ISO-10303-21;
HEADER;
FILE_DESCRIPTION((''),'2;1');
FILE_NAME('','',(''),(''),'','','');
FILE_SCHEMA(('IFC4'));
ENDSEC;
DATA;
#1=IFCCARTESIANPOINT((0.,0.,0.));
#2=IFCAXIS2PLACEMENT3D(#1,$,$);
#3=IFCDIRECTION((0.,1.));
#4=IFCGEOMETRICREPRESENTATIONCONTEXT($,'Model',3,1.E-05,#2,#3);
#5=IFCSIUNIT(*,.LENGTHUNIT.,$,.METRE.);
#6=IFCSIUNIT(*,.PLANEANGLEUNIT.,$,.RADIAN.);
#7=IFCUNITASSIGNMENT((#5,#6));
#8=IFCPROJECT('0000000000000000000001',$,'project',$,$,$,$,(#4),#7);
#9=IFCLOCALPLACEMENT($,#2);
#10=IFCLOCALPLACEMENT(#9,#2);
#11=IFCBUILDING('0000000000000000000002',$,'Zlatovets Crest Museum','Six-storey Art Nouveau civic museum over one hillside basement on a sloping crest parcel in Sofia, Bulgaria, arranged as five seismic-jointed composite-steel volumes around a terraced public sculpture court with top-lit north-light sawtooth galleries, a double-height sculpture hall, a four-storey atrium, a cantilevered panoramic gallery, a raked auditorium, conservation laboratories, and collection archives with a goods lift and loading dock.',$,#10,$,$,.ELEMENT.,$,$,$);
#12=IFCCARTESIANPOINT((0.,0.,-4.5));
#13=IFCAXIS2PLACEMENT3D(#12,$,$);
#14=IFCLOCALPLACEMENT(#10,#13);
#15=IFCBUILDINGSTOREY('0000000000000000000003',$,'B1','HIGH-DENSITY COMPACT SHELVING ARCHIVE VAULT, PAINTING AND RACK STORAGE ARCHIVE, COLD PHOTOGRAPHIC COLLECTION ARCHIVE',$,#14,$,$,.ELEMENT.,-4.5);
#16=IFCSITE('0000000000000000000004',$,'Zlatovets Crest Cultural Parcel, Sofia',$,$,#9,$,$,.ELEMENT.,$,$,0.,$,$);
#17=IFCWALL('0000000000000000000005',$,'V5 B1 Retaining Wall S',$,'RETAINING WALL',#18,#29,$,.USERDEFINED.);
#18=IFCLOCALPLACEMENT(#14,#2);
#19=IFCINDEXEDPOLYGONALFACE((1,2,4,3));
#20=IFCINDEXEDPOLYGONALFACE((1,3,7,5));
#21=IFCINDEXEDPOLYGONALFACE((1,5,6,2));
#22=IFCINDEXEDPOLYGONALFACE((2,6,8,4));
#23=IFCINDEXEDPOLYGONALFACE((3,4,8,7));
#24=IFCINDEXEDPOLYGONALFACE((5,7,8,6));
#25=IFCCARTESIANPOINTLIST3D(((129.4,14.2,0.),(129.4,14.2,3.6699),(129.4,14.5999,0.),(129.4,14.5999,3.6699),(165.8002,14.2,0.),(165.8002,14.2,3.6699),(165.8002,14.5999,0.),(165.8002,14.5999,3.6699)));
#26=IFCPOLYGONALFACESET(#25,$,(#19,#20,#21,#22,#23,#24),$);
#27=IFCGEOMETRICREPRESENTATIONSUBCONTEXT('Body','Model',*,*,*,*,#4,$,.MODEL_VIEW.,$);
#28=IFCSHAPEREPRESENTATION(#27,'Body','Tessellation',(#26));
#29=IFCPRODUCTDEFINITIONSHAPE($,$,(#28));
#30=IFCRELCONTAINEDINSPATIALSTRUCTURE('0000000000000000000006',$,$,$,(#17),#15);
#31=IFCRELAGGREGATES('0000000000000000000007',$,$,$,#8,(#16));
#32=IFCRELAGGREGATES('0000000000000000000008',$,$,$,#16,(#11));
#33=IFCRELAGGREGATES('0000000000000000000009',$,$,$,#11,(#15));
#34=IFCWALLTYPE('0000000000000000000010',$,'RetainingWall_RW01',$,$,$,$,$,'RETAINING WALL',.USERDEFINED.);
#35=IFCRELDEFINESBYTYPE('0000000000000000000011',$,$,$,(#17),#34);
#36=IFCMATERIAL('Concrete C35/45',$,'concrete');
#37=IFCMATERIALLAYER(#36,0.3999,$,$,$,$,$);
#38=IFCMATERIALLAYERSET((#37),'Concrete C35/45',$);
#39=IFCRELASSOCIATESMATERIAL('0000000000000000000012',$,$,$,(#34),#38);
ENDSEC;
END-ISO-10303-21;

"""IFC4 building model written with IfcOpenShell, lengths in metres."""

from ifc_helpers import new_model, si_unit, direction, frame, frame_2d, origin, place, context, subcontext, project, spatial, rectangle, extrude, material, layer, layer_set, type_object, element, save


model = new_model("IFC4")

# Units and contexts
model_context = context("Model", 3, precision=1e-05, world=origin(), true_north=direction((0.0, 1.0)))
body_context = subcontext(model_context, "Body", "Model", "MODEL_VIEW")
ifc_project = project(units=[si_unit("LENGTHUNIT", "METRE"), si_unit("PLANEANGLEUNIT", "RADIAN")], contexts=[model_context])

# Site, building, storey
site_placement = place(None, origin())
site = spatial("IfcSite", under=ifc_project, at=site_placement, Name="Zlatovets Crest Cultural Parcel, Sofia", CompositionType="ELEMENT", RefElevation=0.0)
building_placement = place(site_placement, origin())
building = spatial("IfcBuilding", under=site, at=building_placement, Name="Zlatovets Crest Museum", Description="Six-storey Art Nouveau civic museum over one hillside basement on a sloping crest parcel in Sofia, Bulgaria, arranged as five seismic-jointed composite-steel volumes around a terraced public sculpture court with top-lit north-light sawtooth galleries, a double-height sculpture hall, a four-storey atrium, a cantilevered panoramic gallery, a raked auditorium, conservation laboratories, and collection archives with a goods lift and loading dock.", CompositionType="ELEMENT")
storey_placement = place(building_placement, frame((0.0, 0.0, -4.5)))
storey = spatial("IfcBuildingStorey", under=building, at=storey_placement, Name="B1", Description="HIGH-DENSITY COMPACT SHELVING ARCHIVE VAULT, PAINTING AND RACK STORAGE ARCHIVE, COLD PHOTOGRAPHIC COLLECTION ARCHIVE", CompositionType="ELEMENT", Elevation=-4.5)

# Shared definitions
ifc_material_1 = material(Name="Concrete C35/45", Category="concrete")

# Wall
ifc_layer_1 = layer(ifc_material_1, 0.3999)
ifc_layer_set_1 = layer_set([ifc_layer_1], Name="Concrete C35/45")
wall_type_1 = type_object("IfcWallType", Name="RetainingWall_RW01", ElementType="RETAINING WALL", PredefinedType="USERDEFINED", material=ifc_layer_set_1)
wall_1_placement = place(storey_placement, frame((129.3999, 14.3999, 0.0), z_axis=(0.0, 0.0, 1.0), x_axis=(1.0, 0.0, 0.0)))
element("IfcWall", 1, at=wall_1_placement, inside=storey, type_object=wall_type_1, Name="V5 B1 Retaining Wall S", ObjectType="RETAINING WALL", PredefinedType="USERDEFINED", context=body_context, shape_type="SweptSolid", body=[
    extrude(rectangle(XDim=36.4001, YDim=0.3999, at=frame_2d((18.2002, 0.0))), origin(), (0.0, 0.0, 1.0), 3.6699),
])

save(model, "model.ifc")
